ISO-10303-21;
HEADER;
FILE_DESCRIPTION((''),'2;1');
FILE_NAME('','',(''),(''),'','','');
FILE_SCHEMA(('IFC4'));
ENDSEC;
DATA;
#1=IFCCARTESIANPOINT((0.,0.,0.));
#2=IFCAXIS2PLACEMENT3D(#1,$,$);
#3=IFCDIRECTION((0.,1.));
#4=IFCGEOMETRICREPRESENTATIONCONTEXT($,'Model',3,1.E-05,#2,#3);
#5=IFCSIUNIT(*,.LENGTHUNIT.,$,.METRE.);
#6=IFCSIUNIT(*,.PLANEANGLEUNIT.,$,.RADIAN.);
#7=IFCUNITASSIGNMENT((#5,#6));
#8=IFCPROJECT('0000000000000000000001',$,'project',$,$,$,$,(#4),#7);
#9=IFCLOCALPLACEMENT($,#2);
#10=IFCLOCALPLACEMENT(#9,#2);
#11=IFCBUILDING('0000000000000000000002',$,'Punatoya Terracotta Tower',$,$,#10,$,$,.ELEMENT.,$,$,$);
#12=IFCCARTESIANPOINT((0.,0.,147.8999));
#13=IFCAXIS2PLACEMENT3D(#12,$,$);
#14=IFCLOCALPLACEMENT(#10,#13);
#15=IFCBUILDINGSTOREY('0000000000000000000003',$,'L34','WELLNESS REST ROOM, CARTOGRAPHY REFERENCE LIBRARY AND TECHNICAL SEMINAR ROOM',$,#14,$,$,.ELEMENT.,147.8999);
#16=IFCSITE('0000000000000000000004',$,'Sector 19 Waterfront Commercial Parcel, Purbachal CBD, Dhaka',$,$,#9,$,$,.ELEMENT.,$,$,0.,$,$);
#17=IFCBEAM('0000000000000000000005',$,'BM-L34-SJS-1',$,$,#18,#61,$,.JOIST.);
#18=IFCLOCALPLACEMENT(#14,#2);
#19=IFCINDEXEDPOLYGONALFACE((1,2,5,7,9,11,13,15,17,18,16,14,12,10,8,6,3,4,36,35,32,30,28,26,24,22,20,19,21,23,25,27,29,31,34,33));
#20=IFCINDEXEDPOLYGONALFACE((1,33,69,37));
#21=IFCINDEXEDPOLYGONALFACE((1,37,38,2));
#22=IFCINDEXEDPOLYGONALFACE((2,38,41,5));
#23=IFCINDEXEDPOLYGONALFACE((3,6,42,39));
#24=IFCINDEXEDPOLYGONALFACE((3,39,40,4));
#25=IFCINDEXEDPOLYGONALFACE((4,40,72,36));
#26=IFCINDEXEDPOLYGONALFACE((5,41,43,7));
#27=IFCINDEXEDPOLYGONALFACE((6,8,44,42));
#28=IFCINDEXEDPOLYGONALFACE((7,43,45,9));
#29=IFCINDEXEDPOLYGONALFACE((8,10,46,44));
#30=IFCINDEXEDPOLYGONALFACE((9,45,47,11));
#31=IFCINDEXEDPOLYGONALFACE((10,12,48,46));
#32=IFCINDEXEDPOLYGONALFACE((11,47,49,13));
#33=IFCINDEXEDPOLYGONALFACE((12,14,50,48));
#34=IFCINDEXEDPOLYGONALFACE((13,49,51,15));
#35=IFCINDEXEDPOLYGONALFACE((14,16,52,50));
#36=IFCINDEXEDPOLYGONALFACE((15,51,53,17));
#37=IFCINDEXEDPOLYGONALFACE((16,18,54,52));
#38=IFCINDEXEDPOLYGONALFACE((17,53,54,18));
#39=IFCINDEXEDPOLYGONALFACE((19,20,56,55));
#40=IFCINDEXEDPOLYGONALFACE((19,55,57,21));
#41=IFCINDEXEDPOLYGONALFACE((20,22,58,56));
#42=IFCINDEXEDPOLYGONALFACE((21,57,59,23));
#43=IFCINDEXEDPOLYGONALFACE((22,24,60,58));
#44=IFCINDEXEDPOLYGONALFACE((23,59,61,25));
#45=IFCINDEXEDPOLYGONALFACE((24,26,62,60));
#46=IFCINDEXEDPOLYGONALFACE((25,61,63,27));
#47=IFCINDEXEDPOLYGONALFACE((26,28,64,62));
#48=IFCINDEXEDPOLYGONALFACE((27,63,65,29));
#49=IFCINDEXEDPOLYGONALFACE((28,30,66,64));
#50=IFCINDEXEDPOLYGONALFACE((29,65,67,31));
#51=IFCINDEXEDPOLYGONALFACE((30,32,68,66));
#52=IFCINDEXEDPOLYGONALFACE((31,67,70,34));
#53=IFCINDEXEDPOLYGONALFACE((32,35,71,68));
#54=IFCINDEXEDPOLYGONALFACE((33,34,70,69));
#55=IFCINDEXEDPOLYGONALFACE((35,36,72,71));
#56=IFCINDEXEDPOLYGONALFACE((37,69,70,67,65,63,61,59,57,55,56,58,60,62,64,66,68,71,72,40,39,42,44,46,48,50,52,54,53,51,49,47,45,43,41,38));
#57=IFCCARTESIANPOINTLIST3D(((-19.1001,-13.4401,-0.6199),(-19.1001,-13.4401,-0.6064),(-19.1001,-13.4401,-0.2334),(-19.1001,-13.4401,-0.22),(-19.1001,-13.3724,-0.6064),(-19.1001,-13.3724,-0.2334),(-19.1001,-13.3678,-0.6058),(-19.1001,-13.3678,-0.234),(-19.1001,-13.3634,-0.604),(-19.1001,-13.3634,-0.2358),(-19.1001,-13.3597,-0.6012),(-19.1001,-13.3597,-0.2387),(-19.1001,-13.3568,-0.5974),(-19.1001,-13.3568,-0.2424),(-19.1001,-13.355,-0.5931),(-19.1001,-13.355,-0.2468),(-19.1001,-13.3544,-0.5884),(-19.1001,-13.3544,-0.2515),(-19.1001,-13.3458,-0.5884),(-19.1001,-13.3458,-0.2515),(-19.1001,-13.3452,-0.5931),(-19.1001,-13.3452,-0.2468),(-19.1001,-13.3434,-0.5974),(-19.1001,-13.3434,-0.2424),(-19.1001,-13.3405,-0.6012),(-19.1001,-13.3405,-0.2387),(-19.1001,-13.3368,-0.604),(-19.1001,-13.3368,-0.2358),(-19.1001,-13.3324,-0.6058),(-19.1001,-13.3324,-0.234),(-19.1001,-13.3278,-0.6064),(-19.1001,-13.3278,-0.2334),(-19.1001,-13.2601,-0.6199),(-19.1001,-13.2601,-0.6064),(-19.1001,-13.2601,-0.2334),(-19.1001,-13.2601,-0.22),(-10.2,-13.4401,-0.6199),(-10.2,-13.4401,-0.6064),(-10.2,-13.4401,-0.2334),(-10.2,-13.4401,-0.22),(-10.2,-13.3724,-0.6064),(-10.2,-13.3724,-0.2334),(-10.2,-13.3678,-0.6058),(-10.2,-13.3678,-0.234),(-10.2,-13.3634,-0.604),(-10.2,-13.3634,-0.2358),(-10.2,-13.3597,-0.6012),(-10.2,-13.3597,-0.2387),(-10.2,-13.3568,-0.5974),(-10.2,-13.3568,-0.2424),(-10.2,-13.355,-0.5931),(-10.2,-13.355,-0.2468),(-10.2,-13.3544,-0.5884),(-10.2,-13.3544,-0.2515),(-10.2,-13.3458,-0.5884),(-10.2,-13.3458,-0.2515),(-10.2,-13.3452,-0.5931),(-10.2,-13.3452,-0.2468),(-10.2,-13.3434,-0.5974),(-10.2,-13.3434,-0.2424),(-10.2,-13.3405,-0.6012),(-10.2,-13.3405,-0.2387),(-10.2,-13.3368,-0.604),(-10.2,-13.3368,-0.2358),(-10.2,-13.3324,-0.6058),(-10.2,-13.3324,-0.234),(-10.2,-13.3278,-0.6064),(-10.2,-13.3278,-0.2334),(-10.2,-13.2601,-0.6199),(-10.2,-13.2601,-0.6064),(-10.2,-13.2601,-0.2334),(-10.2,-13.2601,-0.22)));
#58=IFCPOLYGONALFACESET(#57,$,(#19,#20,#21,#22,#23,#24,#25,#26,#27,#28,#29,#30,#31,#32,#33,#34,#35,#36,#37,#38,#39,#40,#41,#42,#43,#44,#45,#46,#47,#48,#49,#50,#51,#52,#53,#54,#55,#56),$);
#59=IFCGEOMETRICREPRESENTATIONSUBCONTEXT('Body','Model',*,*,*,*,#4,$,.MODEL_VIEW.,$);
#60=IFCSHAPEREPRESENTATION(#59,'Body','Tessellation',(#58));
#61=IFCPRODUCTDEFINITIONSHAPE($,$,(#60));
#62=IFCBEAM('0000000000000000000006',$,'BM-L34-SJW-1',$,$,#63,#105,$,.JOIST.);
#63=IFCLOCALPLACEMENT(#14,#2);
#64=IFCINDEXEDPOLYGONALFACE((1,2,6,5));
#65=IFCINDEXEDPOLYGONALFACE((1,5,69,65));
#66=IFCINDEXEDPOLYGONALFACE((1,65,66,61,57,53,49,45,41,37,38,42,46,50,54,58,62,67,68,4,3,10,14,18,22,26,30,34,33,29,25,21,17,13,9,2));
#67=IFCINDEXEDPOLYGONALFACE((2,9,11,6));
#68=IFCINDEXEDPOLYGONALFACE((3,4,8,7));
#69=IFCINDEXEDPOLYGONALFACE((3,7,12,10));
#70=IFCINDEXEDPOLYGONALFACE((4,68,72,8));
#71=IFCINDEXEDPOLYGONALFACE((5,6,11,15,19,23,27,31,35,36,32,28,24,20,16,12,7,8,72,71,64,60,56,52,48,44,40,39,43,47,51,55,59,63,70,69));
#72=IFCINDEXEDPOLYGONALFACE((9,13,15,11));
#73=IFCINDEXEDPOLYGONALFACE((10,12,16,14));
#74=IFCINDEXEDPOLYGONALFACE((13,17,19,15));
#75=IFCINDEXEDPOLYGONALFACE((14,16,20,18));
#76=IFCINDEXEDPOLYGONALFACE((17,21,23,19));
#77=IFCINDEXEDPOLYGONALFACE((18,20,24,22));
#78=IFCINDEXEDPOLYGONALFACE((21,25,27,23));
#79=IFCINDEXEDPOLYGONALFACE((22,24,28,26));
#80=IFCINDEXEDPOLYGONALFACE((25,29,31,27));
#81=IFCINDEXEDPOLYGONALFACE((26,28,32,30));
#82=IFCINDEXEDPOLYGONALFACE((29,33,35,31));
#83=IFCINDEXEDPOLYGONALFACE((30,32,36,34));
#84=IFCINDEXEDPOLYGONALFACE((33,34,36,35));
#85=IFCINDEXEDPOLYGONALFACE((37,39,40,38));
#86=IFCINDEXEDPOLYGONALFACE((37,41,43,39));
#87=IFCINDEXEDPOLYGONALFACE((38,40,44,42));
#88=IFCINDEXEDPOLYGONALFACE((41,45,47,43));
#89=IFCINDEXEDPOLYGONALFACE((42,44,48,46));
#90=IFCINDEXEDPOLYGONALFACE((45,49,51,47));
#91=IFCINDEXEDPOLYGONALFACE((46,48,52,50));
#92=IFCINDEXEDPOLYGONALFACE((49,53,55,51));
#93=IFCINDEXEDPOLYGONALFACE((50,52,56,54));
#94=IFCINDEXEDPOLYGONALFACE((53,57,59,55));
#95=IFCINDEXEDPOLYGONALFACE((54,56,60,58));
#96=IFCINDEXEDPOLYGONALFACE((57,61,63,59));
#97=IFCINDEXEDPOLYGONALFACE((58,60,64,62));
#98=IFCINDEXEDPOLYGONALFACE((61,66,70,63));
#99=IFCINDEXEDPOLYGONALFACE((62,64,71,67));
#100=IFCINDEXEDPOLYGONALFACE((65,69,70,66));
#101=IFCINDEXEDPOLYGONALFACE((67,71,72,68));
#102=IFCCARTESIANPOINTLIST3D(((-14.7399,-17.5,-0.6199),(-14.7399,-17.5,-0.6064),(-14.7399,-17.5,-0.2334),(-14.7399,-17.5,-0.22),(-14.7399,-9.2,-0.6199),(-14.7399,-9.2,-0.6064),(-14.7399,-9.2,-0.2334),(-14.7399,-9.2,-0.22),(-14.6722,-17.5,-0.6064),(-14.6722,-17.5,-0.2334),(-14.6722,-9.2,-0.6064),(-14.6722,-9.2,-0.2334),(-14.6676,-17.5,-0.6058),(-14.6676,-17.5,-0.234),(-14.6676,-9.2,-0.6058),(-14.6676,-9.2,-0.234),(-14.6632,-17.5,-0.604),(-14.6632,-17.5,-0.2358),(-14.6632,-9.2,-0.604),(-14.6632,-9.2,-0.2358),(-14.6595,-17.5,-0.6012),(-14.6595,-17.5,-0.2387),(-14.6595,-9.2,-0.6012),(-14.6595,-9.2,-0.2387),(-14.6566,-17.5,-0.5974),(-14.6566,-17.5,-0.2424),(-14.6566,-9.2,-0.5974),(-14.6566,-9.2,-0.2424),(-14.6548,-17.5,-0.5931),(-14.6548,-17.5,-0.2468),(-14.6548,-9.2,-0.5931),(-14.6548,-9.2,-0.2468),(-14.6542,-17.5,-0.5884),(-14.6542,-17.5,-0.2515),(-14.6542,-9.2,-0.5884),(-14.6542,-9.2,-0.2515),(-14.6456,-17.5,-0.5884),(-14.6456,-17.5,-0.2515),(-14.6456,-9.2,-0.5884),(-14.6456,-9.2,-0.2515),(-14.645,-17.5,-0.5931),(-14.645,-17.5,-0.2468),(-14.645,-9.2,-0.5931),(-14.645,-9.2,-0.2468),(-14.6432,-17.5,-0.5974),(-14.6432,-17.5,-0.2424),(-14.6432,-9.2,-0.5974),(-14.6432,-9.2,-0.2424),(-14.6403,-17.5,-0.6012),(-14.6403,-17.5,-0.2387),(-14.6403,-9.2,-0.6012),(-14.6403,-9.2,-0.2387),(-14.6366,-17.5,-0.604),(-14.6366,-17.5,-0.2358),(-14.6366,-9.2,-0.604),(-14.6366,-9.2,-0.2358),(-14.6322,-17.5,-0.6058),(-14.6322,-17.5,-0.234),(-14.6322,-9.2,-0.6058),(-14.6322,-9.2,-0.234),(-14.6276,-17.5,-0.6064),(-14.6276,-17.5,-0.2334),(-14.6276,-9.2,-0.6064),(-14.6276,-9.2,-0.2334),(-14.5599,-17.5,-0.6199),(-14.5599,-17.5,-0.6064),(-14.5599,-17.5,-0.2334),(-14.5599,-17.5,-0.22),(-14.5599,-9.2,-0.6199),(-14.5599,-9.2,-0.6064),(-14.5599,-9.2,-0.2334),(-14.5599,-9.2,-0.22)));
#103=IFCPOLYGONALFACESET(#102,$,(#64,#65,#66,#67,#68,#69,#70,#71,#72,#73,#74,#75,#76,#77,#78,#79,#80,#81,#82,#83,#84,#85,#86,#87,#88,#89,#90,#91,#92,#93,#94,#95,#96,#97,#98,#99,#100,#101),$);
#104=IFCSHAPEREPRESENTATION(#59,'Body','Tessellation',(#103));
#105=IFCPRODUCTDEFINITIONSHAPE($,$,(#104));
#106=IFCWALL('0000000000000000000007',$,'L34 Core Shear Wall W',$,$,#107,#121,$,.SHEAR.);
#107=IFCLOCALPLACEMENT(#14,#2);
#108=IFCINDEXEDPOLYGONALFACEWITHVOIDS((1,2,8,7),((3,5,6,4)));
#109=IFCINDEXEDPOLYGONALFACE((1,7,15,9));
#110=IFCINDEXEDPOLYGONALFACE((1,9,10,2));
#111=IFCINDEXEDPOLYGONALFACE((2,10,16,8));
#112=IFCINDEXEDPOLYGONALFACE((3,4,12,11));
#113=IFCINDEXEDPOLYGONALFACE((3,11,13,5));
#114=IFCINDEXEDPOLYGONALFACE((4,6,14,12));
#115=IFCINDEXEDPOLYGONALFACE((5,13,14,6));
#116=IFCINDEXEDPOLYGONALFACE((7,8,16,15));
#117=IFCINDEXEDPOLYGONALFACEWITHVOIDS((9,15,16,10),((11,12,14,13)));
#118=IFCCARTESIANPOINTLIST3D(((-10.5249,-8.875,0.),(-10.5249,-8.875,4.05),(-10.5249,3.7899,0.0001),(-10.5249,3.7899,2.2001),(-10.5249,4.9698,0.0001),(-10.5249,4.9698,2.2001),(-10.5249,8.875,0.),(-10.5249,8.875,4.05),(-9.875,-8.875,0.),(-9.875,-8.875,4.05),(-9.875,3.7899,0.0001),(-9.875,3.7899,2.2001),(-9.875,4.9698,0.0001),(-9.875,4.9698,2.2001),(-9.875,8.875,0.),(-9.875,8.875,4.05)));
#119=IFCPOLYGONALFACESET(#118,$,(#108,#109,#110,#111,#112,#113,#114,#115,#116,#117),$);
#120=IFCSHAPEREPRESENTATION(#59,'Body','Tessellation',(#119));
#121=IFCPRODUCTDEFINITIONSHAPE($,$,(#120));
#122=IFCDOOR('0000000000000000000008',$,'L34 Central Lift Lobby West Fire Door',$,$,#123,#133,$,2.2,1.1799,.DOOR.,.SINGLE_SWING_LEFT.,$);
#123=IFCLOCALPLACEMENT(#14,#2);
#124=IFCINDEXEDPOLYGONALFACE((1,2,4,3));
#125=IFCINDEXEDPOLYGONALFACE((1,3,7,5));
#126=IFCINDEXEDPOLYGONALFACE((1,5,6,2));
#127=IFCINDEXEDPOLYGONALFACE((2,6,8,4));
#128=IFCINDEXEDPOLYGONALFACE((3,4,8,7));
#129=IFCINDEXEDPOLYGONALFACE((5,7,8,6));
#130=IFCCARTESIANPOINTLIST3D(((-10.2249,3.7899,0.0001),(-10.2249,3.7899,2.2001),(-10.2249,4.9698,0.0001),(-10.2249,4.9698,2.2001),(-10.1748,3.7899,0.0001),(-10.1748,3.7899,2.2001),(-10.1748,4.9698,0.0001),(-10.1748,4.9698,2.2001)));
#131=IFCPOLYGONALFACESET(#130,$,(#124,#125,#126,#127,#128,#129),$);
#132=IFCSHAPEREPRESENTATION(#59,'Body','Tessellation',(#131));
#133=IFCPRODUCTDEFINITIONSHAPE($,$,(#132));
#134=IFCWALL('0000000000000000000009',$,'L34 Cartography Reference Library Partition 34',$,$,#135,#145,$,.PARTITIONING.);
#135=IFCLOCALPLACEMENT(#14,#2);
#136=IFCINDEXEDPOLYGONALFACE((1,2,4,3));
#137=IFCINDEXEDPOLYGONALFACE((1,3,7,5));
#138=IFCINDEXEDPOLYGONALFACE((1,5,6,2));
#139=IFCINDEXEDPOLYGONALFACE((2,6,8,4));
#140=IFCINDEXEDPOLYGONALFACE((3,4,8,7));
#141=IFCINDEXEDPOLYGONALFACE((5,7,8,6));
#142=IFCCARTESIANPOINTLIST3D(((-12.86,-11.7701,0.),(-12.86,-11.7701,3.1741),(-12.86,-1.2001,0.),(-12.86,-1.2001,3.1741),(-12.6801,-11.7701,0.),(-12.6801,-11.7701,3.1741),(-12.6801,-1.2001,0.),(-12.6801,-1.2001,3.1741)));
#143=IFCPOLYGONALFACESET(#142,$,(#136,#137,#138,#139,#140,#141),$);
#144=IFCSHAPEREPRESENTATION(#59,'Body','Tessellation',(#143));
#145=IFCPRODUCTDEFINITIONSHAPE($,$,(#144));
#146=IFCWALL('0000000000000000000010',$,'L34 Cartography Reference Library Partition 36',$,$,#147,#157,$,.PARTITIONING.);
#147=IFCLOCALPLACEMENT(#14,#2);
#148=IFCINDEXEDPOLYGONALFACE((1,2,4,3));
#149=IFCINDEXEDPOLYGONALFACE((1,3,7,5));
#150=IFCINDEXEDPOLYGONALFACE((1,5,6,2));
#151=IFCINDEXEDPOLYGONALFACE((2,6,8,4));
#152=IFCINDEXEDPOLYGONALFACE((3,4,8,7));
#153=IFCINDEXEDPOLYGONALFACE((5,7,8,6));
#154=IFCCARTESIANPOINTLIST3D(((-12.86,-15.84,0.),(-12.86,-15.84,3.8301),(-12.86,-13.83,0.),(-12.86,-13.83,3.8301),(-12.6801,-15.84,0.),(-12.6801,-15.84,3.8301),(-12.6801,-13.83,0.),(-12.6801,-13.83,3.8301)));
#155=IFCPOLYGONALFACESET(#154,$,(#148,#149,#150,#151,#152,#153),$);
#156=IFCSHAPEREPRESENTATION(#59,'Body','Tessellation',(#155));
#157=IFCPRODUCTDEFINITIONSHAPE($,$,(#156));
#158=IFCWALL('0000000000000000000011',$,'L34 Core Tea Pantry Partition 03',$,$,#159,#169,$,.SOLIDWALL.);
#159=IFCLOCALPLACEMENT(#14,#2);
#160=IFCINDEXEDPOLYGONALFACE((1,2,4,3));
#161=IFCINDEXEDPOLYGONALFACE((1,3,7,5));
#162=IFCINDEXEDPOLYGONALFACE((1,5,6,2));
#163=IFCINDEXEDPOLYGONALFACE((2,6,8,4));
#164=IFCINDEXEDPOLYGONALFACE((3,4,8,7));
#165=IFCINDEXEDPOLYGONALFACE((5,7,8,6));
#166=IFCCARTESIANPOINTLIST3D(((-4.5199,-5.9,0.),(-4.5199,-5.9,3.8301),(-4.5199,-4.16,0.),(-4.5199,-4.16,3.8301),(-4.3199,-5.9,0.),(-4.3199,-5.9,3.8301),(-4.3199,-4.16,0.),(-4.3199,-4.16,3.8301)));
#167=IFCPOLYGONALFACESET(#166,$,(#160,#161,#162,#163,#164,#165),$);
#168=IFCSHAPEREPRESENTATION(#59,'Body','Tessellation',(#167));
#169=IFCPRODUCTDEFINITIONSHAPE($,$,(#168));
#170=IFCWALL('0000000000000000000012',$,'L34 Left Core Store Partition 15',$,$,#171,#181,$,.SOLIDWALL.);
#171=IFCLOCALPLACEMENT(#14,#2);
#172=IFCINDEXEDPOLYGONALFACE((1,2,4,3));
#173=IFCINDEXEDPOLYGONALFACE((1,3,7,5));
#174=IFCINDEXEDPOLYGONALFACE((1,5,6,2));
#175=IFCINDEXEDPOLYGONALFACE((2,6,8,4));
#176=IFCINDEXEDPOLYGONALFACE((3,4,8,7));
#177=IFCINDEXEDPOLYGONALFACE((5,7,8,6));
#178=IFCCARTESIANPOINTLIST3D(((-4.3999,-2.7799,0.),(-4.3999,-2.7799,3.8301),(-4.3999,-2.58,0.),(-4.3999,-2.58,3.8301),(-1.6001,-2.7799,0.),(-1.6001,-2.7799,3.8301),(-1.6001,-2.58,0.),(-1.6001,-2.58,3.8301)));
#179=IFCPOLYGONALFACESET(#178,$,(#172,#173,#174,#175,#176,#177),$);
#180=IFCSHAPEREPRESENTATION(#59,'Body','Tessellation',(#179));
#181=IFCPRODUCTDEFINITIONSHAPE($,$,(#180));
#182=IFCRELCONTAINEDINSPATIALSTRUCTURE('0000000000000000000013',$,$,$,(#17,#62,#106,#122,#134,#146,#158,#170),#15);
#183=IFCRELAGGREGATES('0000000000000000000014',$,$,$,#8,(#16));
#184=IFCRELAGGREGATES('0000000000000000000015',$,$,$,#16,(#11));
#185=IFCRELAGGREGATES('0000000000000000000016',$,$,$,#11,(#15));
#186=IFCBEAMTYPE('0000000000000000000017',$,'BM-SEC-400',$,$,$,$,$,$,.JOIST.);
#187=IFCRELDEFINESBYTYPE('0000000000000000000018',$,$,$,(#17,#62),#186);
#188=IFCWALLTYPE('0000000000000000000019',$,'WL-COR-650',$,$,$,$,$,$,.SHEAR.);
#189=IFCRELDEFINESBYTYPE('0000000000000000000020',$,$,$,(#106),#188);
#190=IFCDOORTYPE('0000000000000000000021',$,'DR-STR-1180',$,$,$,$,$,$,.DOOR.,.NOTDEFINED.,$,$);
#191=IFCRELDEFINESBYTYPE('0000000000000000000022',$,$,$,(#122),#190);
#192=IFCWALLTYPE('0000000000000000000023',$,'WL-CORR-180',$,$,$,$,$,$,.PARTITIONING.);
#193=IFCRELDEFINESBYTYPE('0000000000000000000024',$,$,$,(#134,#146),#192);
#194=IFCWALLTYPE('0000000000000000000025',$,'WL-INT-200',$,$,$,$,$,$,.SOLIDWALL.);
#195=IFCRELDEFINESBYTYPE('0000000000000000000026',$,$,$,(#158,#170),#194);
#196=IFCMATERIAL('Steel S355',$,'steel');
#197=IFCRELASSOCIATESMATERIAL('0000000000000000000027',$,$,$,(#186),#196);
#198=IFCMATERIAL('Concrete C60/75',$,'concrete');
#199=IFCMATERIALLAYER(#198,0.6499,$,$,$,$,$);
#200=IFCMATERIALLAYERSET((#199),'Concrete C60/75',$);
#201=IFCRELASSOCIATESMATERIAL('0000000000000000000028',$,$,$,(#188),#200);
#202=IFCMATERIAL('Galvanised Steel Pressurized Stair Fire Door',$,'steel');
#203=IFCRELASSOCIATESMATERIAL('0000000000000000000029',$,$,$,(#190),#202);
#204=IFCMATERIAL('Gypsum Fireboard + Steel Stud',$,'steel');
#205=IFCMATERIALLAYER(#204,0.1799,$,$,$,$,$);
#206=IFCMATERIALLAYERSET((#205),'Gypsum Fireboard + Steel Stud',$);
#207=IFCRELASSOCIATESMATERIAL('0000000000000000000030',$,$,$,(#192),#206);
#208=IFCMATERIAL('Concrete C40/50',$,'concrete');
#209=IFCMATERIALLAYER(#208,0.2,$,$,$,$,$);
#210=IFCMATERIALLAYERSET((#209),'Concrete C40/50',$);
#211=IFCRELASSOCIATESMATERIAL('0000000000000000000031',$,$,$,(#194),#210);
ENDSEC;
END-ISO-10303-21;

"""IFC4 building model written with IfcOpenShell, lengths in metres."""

from ifc_helpers import new_model, si_unit, direction, frame, frame_2d, origin, origin_2d, place, context, subcontext, project, spatial, rectangle, i_section, extrude, material, layer, layer_set, material_profile, profile_set, type_object, element, fill, save


model = new_model("IFC4")

# Units and contexts
model_context = context("Model", 3, precision=1e-05, world=origin(), true_north=direction((0.0, 1.0)))
body_context = subcontext(model_context, "Body", "Model", "MODEL_VIEW")
ifc_project = project(units=[si_unit("LENGTHUNIT", "METRE"), si_unit("PLANEANGLEUNIT", "RADIAN")], contexts=[model_context])

# Site, building, storey
site_placement = place(None, origin())
site = spatial("IfcSite", under=ifc_project, at=site_placement, Name="Sector 19 Waterfront Commercial Parcel, Purbachal CBD, Dhaka", CompositionType="ELEMENT", RefElevation=0.0)
building_placement = place(site_placement, origin())
building = spatial("IfcBuilding", under=site, at=building_placement, Name="Punatoya Terracotta Tower", CompositionType="ELEMENT")
storey_placement = place(building_placement, frame((0.0, 0.0, 147.8999)))
storey = spatial("IfcBuildingStorey", under=building, at=storey_placement, Name="L34", Description="WELLNESS REST ROOM, CARTOGRAPHY REFERENCE LIBRARY AND TECHNICAL SEMINAR ROOM", CompositionType="ELEMENT", Elevation=147.8999)

# Beams
ifc_material_1 = material(Name="Steel S355", Category="steel")
ifc_material_2 = material(Name="Concrete C60/75", Category="concrete")
ifc_material_profile_1 = material_profile(ifc_material_1, i_section(OverallWidth=0.1799, OverallDepth=0.3999, WebThickness=0.0085, FlangeThickness=0.0134, FilletRadius=0.0181, at=origin_2d()))
ifc_profile_set_1 = profile_set([ifc_material_profile_1], Name="Steel S355")
beam_type_1 = type_object("IfcBeamType", Name="BM-SEC-400", PredefinedType="JOIST", material=ifc_profile_set_1)
beam_1_placement = place(storey_placement, frame((-19.1001, -13.3501, -0.4199), z_axis=(1.0, 0.0, 0.0), x_axis=(0.0, 1.0, 0.0)))
element("IfcBeam", 1, at=beam_1_placement, inside=storey, type_object=beam_type_1, Name="BM-L34-SJS-1", PredefinedType="JOIST", context=body_context, shape_type="SweptSolid", body=[
    extrude(i_section(OverallWidth=0.1799, OverallDepth=0.3999, WebThickness=0.0085, FlangeThickness=0.0134, FilletRadius=0.0181, at=origin_2d()), origin(), (0.0, 0.0, 1.0), 8.9001),
])
beam_2_placement = place(storey_placement, frame((-14.6499, -17.5, -0.4199), z_axis=(0.0, 1.0, 0.0), x_axis=(-1.0, 0.0, 0.0)))
element("IfcBeam", 2, at=beam_2_placement, inside=storey, type_object=beam_type_1, Name="BM-L34-SJW-1", PredefinedType="JOIST", context=body_context, shape_type="SweptSolid", body=[
    extrude(i_section(OverallWidth=0.1799, OverallDepth=0.3999, WebThickness=0.0085, FlangeThickness=0.0134, FilletRadius=0.0181, at=origin_2d()), origin(), (0.0, 0.0, 1.0), 8.3),
])

# Wall, opening, door
ifc_layer_1 = layer(ifc_material_2, 0.6499)
ifc_layer_set_1 = layer_set([ifc_layer_1], Name="Concrete C60/75")
wall_type_1 = type_object("IfcWallType", Name="WL-COR-650", PredefinedType="SHEAR", material=ifc_layer_set_1)
wall_1_placement = place(storey_placement, frame((-10.2, -8.875, 0.0), z_axis=(0.0, 0.0, 1.0), x_axis=(0.0, 1.0, 0.0)))
wall_1 = element("IfcWall", 3, at=wall_1_placement, inside=storey, type_object=wall_type_1, Name="L34 Core Shear Wall W", PredefinedType="SHEAR", context=body_context, shape_type="SweptSolid", body=[
    extrude(rectangle(XDim=17.75, YDim=0.6499, at=frame_2d((8.875, 0.0))), origin(), (0.0, 0.0, 1.0), 4.05),
])
opening_1_placement = place(wall_1_placement, frame((12.665, 0.0, 0.0)))
opening_1 = element("IfcOpeningElement", 4, at=opening_1_placement, cuts=wall_1, PredefinedType="OPENING", context=body_context, shape_type="SweptSolid", body=[
    extrude(rectangle(XDim=1.1799, YDim=2.2, at=frame_2d((0.5898, 1.1001))), frame((0.0, 0.335, 0.0), z_axis=(0.0, -1.0, 0.0), x_axis=(1.0, 0.0, 0.0)), (0.0, 0.0, 1.0), 0.6699),
])
ifc_material_3 = material(Name="Galvanised Steel Pressurized Stair Fire Door", Category="steel")
door_type_1 = type_object("IfcDoorType", Name="DR-STR-1180", OperationType="NOTDEFINED", PredefinedType="DOOR", material=ifc_material_3)
door_1_placement = place(opening_1_placement, origin())
door_1 = element("IfcDoor", 5, at=door_1_placement, inside=storey, type_object=door_type_1, Name="L34 Central Lift Lobby West Fire Door", OperationType="SINGLE_SWING_LEFT", OverallHeight=2.2, OverallWidth=1.1799, PredefinedType="DOOR", context=body_context, shape_type="SweptSolid", body=[
    extrude(rectangle(XDim=1.1799, YDim=2.2, at=frame_2d((0.5898, 1.1001))), frame((0.0, 0.0249, 0.0), z_axis=(0.0, -1.0, 0.0), x_axis=(1.0, 0.0, 0.0)), (0.0, 0.0, 1.0), 0.05),
])
fill(opening_1, door_1)

# Walls
ifc_material_4 = material(Name="Gypsum Fireboard + Steel Stud", Category="steel")
ifc_layer_2 = layer(ifc_material_4, 0.1799)
ifc_layer_set_2 = layer_set([ifc_layer_2], Name="Gypsum Fireboard + Steel Stud")
wall_type_2 = type_object("IfcWallType", Name="WL-CORR-180", PredefinedType="PARTITIONING", material=ifc_layer_set_2)
wall_2_placement = place(storey_placement, frame((-12.77, -1.2, 0.0), z_axis=(0.0, 0.0, 1.0), x_axis=(0.0, -1.0, 0.0)))
element("IfcWall", 6, at=wall_2_placement, inside=storey, type_object=wall_type_2, Name="L34 Cartography Reference Library Partition 34", PredefinedType="PARTITIONING", context=body_context, shape_type="SweptSolid", body=[
    extrude(rectangle(XDim=10.5701, YDim=0.1799, at=frame_2d((5.2852, 0.0))), origin(), (0.0, 0.0, 1.0), 3.1741),
])
wall_3_placement = place(storey_placement, frame((-12.77, -13.8301, 0.0), z_axis=(0.0, 0.0, 1.0), x_axis=(0.0, -1.0, 0.0)))
element("IfcWall", 7, at=wall_3_placement, inside=storey, type_object=wall_type_2, Name="L34 Cartography Reference Library Partition 36", PredefinedType="PARTITIONING", context=body_context, shape_type="SweptSolid", body=[
    extrude(rectangle(XDim=2.01, YDim=0.1799, at=frame_2d((1.0049, 0.0))), origin(), (0.0, 0.0, 1.0), 3.8301),
])
ifc_material_5 = material(Name="Concrete C40/50", Category="concrete")
ifc_layer_3 = layer(ifc_material_5, 0.2)
ifc_layer_set_3 = layer_set([ifc_layer_3], Name="Concrete C40/50")
wall_type_3 = type_object("IfcWallType", Name="WL-INT-200", PredefinedType="SOLIDWALL", material=ifc_layer_set_3)
wall_4_placement = place(storey_placement, frame((-4.4199, -4.1599, 0.0), z_axis=(0.0, 0.0, 1.0), x_axis=(0.0, -1.0, 0.0)))
element("IfcWall", 8, at=wall_4_placement, inside=storey, type_object=wall_type_3, Name="L34 Core Tea Pantry Partition 03", PredefinedType="SOLIDWALL", context=body_context, shape_type="SweptSolid", body=[
    extrude(rectangle(XDim=1.74, YDim=0.2, at=frame_2d((0.8701, 0.0))), origin(), (0.0, 0.0, 1.0), 3.8301),
])
wall_5_placement = place(storey_placement, frame((-4.3999, -2.6799, 0.0), z_axis=(0.0, 0.0, 1.0), x_axis=(1.0, 0.0, 0.0)))
element("IfcWall", 9, at=wall_5_placement, inside=storey, type_object=wall_type_3, Name="L34 Left Core Store Partition 15", PredefinedType="SOLIDWALL", context=body_context, shape_type="SweptSolid", body=[
    extrude(rectangle(XDim=2.7998, YDim=0.2, at=frame_2d((1.3999, 0.0))), origin(), (0.0, 0.0, 1.0), 3.8301),
])

save(model, "model.ifc")
